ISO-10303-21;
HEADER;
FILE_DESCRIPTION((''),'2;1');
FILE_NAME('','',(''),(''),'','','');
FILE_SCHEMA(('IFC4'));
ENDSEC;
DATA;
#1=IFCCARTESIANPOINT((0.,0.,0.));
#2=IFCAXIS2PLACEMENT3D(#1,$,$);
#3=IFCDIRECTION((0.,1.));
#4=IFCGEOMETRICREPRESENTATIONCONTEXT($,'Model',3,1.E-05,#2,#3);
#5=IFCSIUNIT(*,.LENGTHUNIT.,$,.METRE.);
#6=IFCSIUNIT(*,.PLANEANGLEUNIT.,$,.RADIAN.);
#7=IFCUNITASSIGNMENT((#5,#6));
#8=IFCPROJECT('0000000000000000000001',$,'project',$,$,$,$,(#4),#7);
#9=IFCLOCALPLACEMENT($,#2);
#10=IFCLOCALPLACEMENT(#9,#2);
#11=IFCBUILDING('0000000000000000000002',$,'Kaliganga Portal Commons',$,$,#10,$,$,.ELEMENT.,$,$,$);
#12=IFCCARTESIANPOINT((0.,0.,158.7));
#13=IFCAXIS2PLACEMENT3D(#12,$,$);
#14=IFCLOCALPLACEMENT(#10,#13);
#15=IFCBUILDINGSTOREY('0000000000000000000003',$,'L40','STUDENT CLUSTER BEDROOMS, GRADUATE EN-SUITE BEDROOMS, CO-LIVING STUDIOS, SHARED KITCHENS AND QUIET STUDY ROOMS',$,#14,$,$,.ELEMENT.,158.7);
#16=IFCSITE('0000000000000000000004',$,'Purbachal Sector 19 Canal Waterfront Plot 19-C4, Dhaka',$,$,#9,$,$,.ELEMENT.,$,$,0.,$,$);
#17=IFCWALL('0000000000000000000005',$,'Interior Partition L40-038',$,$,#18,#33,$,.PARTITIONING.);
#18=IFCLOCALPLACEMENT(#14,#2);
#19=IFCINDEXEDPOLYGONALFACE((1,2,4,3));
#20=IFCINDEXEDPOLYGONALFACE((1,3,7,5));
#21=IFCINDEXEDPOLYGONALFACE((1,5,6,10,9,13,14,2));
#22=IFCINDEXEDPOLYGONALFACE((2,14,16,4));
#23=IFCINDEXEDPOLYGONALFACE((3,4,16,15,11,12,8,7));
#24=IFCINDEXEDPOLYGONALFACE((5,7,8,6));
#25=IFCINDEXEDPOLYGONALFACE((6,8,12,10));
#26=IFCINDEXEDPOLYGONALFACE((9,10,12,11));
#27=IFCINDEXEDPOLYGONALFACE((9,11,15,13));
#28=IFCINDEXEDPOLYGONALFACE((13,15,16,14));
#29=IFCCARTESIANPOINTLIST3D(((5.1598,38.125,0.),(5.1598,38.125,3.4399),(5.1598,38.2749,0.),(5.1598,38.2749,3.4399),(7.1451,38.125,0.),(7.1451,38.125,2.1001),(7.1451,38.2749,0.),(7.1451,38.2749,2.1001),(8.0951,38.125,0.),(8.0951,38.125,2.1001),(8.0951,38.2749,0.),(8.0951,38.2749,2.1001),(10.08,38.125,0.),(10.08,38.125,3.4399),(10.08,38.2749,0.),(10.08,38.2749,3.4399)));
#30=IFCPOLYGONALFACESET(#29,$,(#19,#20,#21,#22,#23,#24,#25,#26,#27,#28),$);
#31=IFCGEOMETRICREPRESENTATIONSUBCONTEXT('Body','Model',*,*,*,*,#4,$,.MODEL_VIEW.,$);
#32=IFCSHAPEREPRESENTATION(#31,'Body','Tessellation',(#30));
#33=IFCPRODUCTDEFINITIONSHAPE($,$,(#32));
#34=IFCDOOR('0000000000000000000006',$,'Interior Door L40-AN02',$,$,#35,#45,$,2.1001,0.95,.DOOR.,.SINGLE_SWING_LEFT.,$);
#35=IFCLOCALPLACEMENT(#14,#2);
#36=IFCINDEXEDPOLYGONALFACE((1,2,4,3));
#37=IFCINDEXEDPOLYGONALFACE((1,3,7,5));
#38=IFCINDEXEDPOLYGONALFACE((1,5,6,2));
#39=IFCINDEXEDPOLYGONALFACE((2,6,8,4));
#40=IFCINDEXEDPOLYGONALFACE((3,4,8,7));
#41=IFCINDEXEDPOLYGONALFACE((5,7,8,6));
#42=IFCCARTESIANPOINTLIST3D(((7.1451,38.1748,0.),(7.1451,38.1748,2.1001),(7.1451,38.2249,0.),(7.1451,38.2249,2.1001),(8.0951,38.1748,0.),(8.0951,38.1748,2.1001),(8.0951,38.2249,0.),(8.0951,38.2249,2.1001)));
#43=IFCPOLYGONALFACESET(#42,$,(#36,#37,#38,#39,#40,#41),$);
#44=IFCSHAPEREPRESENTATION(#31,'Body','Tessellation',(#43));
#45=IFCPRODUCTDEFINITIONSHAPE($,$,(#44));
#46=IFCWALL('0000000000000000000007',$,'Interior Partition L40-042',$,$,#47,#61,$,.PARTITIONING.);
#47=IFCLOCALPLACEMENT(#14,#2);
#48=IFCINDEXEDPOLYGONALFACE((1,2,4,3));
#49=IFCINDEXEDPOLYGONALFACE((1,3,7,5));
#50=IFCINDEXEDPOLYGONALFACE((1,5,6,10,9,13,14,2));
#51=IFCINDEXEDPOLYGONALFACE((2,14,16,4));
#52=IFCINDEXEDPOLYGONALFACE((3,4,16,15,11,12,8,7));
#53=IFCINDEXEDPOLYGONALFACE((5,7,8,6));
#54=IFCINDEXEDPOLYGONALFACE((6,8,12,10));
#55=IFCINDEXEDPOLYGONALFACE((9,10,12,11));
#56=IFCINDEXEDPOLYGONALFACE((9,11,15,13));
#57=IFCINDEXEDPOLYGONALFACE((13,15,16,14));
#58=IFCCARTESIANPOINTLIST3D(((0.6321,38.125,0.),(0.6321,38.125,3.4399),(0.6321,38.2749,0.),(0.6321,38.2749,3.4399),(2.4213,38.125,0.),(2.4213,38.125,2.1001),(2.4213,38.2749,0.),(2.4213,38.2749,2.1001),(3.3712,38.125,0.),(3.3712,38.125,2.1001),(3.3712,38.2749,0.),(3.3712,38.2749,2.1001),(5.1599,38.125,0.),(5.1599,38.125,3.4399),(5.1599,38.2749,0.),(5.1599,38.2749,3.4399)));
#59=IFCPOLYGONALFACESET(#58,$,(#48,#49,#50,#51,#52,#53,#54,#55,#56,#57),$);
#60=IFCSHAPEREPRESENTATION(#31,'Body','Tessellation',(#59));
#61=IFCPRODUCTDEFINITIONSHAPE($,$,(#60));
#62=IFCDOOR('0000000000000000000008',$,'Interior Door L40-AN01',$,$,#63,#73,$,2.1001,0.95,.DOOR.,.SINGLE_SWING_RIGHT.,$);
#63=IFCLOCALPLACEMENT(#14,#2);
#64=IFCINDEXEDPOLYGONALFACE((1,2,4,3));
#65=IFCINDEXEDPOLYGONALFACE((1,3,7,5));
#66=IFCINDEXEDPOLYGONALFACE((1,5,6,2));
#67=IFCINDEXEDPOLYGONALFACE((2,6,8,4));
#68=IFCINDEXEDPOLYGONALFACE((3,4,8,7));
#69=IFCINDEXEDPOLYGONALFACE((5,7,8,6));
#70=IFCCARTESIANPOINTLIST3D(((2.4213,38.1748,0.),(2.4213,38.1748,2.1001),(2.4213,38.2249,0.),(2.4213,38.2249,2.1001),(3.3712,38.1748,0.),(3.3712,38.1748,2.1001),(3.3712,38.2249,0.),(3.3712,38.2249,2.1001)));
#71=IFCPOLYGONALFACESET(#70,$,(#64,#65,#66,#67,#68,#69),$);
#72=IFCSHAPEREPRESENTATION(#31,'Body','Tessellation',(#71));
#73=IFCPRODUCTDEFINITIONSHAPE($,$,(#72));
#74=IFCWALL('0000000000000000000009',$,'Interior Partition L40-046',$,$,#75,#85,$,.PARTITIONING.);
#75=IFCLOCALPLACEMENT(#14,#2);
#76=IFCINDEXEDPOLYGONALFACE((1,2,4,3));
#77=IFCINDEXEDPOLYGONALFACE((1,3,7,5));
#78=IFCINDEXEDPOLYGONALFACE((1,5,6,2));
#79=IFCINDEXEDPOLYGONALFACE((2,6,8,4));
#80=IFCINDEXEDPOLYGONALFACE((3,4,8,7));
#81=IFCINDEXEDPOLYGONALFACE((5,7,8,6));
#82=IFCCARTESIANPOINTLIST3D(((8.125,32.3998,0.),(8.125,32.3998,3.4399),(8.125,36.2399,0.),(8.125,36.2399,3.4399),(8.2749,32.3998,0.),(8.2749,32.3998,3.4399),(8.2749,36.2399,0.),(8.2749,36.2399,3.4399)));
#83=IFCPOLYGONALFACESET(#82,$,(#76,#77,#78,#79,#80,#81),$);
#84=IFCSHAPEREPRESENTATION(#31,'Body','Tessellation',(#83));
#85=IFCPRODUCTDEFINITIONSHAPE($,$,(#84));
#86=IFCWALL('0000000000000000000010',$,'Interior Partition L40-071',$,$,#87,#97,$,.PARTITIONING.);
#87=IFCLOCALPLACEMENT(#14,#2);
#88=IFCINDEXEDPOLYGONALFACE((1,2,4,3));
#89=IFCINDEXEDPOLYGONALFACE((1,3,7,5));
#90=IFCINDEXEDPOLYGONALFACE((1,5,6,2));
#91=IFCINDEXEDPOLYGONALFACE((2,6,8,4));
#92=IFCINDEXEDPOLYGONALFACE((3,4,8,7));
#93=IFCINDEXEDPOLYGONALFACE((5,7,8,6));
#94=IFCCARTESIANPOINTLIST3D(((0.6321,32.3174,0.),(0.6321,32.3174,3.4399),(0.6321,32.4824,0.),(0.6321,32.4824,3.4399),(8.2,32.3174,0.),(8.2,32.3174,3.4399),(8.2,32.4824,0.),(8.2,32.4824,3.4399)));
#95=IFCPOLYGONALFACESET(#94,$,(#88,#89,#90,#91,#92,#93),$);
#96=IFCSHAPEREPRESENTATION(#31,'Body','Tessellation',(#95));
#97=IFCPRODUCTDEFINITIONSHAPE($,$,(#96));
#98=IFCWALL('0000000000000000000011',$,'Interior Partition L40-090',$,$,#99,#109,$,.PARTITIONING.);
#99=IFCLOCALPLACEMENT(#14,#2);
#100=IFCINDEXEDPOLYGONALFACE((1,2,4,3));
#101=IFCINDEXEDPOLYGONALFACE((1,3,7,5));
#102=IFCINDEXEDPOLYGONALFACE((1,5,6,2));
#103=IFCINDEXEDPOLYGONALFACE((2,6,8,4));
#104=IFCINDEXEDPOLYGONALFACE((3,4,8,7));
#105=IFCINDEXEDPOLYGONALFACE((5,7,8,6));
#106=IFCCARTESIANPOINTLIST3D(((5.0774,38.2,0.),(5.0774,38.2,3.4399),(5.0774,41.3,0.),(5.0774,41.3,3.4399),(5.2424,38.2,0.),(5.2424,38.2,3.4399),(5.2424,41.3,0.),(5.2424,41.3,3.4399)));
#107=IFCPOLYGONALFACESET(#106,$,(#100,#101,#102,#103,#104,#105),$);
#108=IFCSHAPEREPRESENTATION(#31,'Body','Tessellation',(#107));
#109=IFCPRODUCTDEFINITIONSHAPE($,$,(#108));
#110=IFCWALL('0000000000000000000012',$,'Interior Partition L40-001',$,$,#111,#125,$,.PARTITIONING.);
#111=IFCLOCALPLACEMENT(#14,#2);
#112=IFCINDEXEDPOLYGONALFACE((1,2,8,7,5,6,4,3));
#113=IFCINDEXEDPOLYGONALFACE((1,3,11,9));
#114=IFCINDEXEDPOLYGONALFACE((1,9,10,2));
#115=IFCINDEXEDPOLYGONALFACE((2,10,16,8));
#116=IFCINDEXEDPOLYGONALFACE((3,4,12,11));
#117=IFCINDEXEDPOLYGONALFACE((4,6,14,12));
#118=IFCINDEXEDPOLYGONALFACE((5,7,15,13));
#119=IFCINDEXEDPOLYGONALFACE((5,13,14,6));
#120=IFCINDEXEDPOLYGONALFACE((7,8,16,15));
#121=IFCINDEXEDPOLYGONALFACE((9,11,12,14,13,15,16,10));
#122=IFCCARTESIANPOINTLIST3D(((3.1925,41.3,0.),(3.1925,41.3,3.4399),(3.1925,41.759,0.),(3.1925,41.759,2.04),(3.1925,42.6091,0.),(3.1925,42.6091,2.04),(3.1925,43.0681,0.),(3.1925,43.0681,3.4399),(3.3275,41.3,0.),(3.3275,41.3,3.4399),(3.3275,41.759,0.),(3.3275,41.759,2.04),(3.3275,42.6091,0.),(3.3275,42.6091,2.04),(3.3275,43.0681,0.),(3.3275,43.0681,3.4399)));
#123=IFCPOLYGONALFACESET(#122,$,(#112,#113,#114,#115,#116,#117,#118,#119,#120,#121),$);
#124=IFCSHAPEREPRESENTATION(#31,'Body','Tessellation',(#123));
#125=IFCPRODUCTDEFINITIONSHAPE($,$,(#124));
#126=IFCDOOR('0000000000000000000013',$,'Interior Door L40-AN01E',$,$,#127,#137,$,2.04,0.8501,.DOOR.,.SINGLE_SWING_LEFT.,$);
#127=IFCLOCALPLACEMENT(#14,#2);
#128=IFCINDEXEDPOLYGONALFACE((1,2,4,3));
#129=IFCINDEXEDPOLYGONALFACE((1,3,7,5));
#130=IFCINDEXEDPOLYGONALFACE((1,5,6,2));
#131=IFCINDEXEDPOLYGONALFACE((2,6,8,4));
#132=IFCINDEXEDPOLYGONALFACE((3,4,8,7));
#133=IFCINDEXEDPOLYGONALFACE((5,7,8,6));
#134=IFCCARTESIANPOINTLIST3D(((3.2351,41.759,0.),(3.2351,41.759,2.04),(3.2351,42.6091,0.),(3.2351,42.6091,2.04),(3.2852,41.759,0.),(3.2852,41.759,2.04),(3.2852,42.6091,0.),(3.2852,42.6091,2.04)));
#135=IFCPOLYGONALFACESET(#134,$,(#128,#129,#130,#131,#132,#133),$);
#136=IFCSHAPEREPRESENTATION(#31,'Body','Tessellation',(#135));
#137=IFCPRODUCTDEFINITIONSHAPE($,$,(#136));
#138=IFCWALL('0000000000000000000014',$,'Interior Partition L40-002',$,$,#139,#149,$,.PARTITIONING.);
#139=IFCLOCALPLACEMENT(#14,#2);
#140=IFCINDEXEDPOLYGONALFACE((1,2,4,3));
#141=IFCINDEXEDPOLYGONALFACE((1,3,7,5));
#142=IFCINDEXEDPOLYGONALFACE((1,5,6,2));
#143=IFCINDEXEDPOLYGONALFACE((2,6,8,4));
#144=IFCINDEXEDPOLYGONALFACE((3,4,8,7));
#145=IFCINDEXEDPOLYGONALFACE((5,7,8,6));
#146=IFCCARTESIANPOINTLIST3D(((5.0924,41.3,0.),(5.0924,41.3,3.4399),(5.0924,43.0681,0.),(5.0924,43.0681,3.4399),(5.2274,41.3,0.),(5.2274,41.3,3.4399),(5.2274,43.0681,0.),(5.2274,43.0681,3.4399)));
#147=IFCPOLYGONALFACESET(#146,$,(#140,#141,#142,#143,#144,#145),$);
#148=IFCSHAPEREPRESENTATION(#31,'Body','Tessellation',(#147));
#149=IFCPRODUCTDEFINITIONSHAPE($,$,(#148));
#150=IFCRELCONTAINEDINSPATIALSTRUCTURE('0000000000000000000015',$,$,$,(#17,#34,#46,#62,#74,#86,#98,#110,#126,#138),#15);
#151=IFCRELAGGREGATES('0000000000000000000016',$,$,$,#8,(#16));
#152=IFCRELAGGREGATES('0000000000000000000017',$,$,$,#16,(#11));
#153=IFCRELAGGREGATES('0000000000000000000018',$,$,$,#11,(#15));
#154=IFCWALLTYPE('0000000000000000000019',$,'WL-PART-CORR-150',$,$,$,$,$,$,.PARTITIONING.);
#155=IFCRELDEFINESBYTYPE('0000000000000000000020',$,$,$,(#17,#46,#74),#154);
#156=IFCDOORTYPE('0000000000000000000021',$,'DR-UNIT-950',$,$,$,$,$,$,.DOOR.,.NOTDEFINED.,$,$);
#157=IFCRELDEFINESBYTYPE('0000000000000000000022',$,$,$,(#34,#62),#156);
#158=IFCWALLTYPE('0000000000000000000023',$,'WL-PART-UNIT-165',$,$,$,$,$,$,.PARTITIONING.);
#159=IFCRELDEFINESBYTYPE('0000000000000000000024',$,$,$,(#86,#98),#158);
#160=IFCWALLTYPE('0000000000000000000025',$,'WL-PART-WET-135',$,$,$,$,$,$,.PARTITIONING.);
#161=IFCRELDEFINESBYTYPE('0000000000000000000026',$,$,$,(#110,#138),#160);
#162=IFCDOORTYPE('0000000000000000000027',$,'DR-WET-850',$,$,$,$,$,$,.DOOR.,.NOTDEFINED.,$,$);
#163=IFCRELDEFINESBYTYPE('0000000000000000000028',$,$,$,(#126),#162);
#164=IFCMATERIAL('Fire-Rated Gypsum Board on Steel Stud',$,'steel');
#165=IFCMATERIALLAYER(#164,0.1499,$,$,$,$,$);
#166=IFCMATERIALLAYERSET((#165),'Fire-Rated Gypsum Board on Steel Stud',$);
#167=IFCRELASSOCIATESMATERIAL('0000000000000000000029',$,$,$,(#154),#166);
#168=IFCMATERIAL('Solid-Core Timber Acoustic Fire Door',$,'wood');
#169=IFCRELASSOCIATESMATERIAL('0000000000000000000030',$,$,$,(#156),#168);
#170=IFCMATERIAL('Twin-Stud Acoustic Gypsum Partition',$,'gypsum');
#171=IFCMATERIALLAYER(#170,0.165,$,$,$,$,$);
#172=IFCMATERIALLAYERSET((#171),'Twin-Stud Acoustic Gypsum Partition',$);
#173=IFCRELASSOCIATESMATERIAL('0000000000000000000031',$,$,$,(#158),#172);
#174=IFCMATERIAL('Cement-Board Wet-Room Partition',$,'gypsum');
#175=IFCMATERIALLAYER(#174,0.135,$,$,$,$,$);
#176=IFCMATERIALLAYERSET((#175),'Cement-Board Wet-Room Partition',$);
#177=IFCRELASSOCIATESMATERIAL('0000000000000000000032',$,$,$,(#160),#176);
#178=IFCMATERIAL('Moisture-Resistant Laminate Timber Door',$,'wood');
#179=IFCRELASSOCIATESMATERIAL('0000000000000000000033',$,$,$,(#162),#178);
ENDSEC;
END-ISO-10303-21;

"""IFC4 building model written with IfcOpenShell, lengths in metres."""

from ifc_helpers import new_model, si_unit, direction, frame, frame_2d, origin, place, context, subcontext, project, spatial, rectangle, extrude, material, layer, layer_set, type_object, element, fill, save


model = new_model("IFC4")

# Units and contexts
model_context = context("Model", 3, precision=1e-05, world=origin(), true_north=direction((0.0, 1.0)))
body_context = subcontext(model_context, "Body", "Model", "MODEL_VIEW")
ifc_project = project(units=[si_unit("LENGTHUNIT", "METRE"), si_unit("PLANEANGLEUNIT", "RADIAN")], contexts=[model_context])

# Site, building, storey
site_placement = place(None, origin())
site = spatial("IfcSite", under=ifc_project, at=site_placement, Name="Purbachal Sector 19 Canal Waterfront Plot 19-C4, Dhaka", CompositionType="ELEMENT", RefElevation=0.0)
building_placement = place(site_placement, origin())
building = spatial("IfcBuilding", under=site, at=building_placement, Name="Kaliganga Portal Commons", CompositionType="ELEMENT")
storey_placement = place(building_placement, frame((0.0, 0.0, 158.7)))
storey = spatial("IfcBuildingStorey", under=building, at=storey_placement, Name="L40", Description="STUDENT CLUSTER BEDROOMS, GRADUATE EN-SUITE BEDROOMS, CO-LIVING STUDIOS, SHARED KITCHENS AND QUIET STUDY ROOMS", CompositionType="ELEMENT", Elevation=158.7)

# Shared definitions
ifc_material_1 = material(Name="Fire-Rated Gypsum Board on Steel Stud", Category="steel")
ifc_layer_1 = layer(ifc_material_1, 0.1499)
ifc_layer_set_1 = layer_set([ifc_layer_1], Name="Fire-Rated Gypsum Board on Steel Stud")
wall_type_1 = type_object("IfcWallType", Name="WL-PART-CORR-150", PredefinedType="PARTITIONING", material=ifc_layer_set_1)

# Walls, openings, doors
wall_1_placement = place(storey_placement, frame((5.1599, 38.2, 0.0), z_axis=(0.0, 0.0, 1.0), x_axis=(1.0, 0.0, 0.0)))
wall_1 = element("IfcWall", 1, at=wall_1_placement, inside=storey, type_object=wall_type_1, Name="Interior Partition L40-038", PredefinedType="PARTITIONING", context=body_context, shape_type="SweptSolid", body=[
    extrude(rectangle(XDim=4.9202, YDim=0.1499, at=frame_2d((2.46, 0.0))), origin(), (0.0, 0.0, 1.0), 3.4399),
])
opening_1_placement = place(wall_1_placement, frame((1.9851, 0.0, 0.0)))
opening_1 = element("IfcOpeningElement", 2, at=opening_1_placement, cuts=wall_1, PredefinedType="OPENING", context=body_context, shape_type="SweptSolid", body=[
    extrude(rectangle(XDim=0.95, YDim=2.1001, at=frame_2d((0.4751, 1.05))), frame((0.0, 0.085, 0.0), z_axis=(0.0, -1.0, 0.0), x_axis=(1.0, 0.0, 0.0)), (0.0, 0.0, 1.0), 0.1699),
])
ifc_material_2 = material(Name="Solid-Core Timber Acoustic Fire Door", Category="wood")
door_type_1 = type_object("IfcDoorType", Name="DR-UNIT-950", OperationType="NOTDEFINED", PredefinedType="DOOR", material=ifc_material_2)
door_1_placement = place(opening_1_placement, origin())
door_1 = element("IfcDoor", 3, at=door_1_placement, inside=storey, type_object=door_type_1, Name="Interior Door L40-AN02", OperationType="SINGLE_SWING_LEFT", OverallHeight=2.1001, OverallWidth=0.95, PredefinedType="DOOR", context=body_context, shape_type="SweptSolid", body=[
    extrude(rectangle(XDim=0.95, YDim=2.1001, at=frame_2d((0.4751, 1.05))), frame((0.0, 0.0249, 0.0), z_axis=(0.0, -1.0, 0.0), x_axis=(1.0, 0.0, 0.0)), (0.0, 0.0, 1.0), 0.05),
])
fill(opening_1, door_1)
wall_2_placement = place(storey_placement, frame((0.6321, 38.2, 0.0), z_axis=(0.0, 0.0, 1.0), x_axis=(1.0, 0.0, 0.0)))
wall_2 = element("IfcWall", 4, at=wall_2_placement, inside=storey, type_object=wall_type_1, Name="Interior Partition L40-042", PredefinedType="PARTITIONING", context=body_context, shape_type="SweptSolid", body=[
    extrude(rectangle(XDim=4.5278, YDim=0.1499, at=frame_2d((2.2639, 0.0))), origin(), (0.0, 0.0, 1.0), 3.4399),
])
opening_2_placement = place(wall_2_placement, frame((1.7891, 0.0, 0.0)))
opening_2 = element("IfcOpeningElement", 5, at=opening_2_placement, cuts=wall_2, PredefinedType="OPENING", context=body_context, shape_type="SweptSolid", body=[
    extrude(rectangle(XDim=0.95, YDim=2.1001, at=frame_2d((0.4751, 1.05))), frame((0.0, 0.085, 0.0), z_axis=(0.0, -1.0, 0.0), x_axis=(1.0, 0.0, 0.0)), (0.0, 0.0, 1.0), 0.1699),
])
door_2_placement = place(opening_2_placement, origin())
door_2 = element("IfcDoor", 6, at=door_2_placement, inside=storey, type_object=door_type_1, Name="Interior Door L40-AN01", OperationType="SINGLE_SWING_RIGHT", OverallHeight=2.1001, OverallWidth=0.95, PredefinedType="DOOR", context=body_context, shape_type="SweptSolid", body=[
    extrude(rectangle(XDim=0.95, YDim=2.1001, at=frame_2d((0.4751, 1.05))), frame((0.0, 0.0249, 0.0), z_axis=(0.0, -1.0, 0.0), x_axis=(1.0, 0.0, 0.0)), (0.0, 0.0, 1.0), 0.05),
])
fill(opening_2, door_2)

# Walls
wall_3_placement = place(storey_placement, frame((8.2, 32.3999, 0.0), z_axis=(0.0, 0.0, 1.0), x_axis=(0.0, 1.0, 0.0)))
element("IfcWall", 7, at=wall_3_placement, inside=storey, type_object=wall_type_1, Name="Interior Partition L40-046", PredefinedType="PARTITIONING", context=body_context, shape_type="SweptSolid", body=[
    extrude(rectangle(XDim=3.8401, YDim=0.1499, at=frame_2d((1.9199, 0.0))), origin(), (0.0, 0.0, 1.0), 3.4399),
])
ifc_material_3 = material(Name="Twin-Stud Acoustic Gypsum Partition", Category="gypsum")
ifc_layer_2 = layer(ifc_material_3, 0.165)
ifc_layer_set_2 = layer_set([ifc_layer_2], Name="Twin-Stud Acoustic Gypsum Partition")
wall_type_2 = type_object("IfcWallType", Name="WL-PART-UNIT-165", PredefinedType="PARTITIONING", material=ifc_layer_set_2)
wall_4_placement = place(storey_placement, frame((0.6321, 32.3999, 0.0), z_axis=(0.0, 0.0, 1.0), x_axis=(1.0, 0.0, 0.0)))
element("IfcWall", 8, at=wall_4_placement, inside=storey, type_object=wall_type_2, Name="Interior Partition L40-071", PredefinedType="PARTITIONING", context=body_context, shape_type="SweptSolid", body=[
    extrude(rectangle(XDim=7.5679, YDim=0.165, at=frame_2d((3.7839, 0.0))), origin(), (0.0, 0.0, 1.0), 3.4399),
])
wall_5_placement = place(storey_placement, frame((5.1599, 38.2, 0.0), z_axis=(0.0, 0.0, 1.0), x_axis=(0.0, 1.0, 0.0)))
element("IfcWall", 9, at=wall_5_placement, inside=storey, type_object=wall_type_2, Name="Interior Partition L40-090", PredefinedType="PARTITIONING", context=body_context, shape_type="SweptSolid", body=[
    extrude(rectangle(XDim=3.1001, YDim=0.165, at=frame_2d((1.55, 0.0))), origin(), (0.0, 0.0, 1.0), 3.4399),
])

# Wall, opening, door
ifc_material_4 = material(Name="Cement-Board Wet-Room Partition", Category="gypsum")
ifc_layer_3 = layer(ifc_material_4, 0.135)
ifc_layer_set_3 = layer_set([ifc_layer_3], Name="Cement-Board Wet-Room Partition")
wall_type_3 = type_object("IfcWallType", Name="WL-PART-WET-135", PredefinedType="PARTITIONING", material=ifc_layer_set_3)
wall_6_placement = place(storey_placement, frame((3.26, 41.3, 0.0), z_axis=(0.0, 0.0, 1.0), x_axis=(0.0, 1.0, 0.0)))
wall_6 = element("IfcWall", 10, at=wall_6_placement, inside=storey, type_object=wall_type_3, Name="Interior Partition L40-001", PredefinedType="PARTITIONING", context=body_context, shape_type="SweptSolid", body=[
    extrude(rectangle(XDim=1.7681, YDim=0.135, at=frame_2d((0.884, 0.0))), origin(), (0.0, 0.0, 1.0), 3.4399),
])
opening_3_placement = place(wall_6_placement, frame((0.459, 0.0, 0.0)))
opening_3 = element("IfcOpeningElement", 11, at=opening_3_placement, cuts=wall_6, PredefinedType="OPENING", context=body_context, shape_type="SweptSolid", body=[
    extrude(rectangle(XDim=0.8501, YDim=2.04, at=frame_2d((0.425, 1.02))), frame((0.0, 0.0776, 0.0), z_axis=(0.0, -1.0, 0.0), x_axis=(1.0, 0.0, 0.0)), (0.0, 0.0, 1.0), 0.155),
])
ifc_material_5 = material(Name="Moisture-Resistant Laminate Timber Door", Category="wood")
door_type_2 = type_object("IfcDoorType", Name="DR-WET-850", OperationType="NOTDEFINED", PredefinedType="DOOR", material=ifc_material_5)
door_3_placement = place(opening_3_placement, origin())
door_3 = element("IfcDoor", 12, at=door_3_placement, inside=storey, type_object=door_type_2, Name="Interior Door L40-AN01E", OperationType="SINGLE_SWING_LEFT", OverallHeight=2.04, OverallWidth=0.8501, PredefinedType="DOOR", context=body_context, shape_type="SweptSolid", body=[
    extrude(rectangle(XDim=0.8501, YDim=2.04, at=frame_2d((0.425, 1.02))), frame((0.0, 0.0249, 0.0), z_axis=(0.0, -1.0, 0.0), x_axis=(1.0, 0.0, 0.0)), (0.0, 0.0, 1.0), 0.05),
])
fill(opening_3, door_3)

# Wall
wall_7_placement = place(storey_placement, frame((5.1599, 41.3, 0.0), z_axis=(0.0, 0.0, 1.0), x_axis=(0.0, 1.0, 0.0)))
element("IfcWall", 13, at=wall_7_placement, inside=storey, type_object=wall_type_3, Name="Interior Partition L40-002", PredefinedType="PARTITIONING", context=body_context, shape_type="SweptSolid", body=[
    extrude(rectangle(XDim=1.7681, YDim=0.135, at=frame_2d((0.884, 0.0))), origin(), (0.0, 0.0, 1.0), 3.4399),
])

save(model, "model.ifc")
